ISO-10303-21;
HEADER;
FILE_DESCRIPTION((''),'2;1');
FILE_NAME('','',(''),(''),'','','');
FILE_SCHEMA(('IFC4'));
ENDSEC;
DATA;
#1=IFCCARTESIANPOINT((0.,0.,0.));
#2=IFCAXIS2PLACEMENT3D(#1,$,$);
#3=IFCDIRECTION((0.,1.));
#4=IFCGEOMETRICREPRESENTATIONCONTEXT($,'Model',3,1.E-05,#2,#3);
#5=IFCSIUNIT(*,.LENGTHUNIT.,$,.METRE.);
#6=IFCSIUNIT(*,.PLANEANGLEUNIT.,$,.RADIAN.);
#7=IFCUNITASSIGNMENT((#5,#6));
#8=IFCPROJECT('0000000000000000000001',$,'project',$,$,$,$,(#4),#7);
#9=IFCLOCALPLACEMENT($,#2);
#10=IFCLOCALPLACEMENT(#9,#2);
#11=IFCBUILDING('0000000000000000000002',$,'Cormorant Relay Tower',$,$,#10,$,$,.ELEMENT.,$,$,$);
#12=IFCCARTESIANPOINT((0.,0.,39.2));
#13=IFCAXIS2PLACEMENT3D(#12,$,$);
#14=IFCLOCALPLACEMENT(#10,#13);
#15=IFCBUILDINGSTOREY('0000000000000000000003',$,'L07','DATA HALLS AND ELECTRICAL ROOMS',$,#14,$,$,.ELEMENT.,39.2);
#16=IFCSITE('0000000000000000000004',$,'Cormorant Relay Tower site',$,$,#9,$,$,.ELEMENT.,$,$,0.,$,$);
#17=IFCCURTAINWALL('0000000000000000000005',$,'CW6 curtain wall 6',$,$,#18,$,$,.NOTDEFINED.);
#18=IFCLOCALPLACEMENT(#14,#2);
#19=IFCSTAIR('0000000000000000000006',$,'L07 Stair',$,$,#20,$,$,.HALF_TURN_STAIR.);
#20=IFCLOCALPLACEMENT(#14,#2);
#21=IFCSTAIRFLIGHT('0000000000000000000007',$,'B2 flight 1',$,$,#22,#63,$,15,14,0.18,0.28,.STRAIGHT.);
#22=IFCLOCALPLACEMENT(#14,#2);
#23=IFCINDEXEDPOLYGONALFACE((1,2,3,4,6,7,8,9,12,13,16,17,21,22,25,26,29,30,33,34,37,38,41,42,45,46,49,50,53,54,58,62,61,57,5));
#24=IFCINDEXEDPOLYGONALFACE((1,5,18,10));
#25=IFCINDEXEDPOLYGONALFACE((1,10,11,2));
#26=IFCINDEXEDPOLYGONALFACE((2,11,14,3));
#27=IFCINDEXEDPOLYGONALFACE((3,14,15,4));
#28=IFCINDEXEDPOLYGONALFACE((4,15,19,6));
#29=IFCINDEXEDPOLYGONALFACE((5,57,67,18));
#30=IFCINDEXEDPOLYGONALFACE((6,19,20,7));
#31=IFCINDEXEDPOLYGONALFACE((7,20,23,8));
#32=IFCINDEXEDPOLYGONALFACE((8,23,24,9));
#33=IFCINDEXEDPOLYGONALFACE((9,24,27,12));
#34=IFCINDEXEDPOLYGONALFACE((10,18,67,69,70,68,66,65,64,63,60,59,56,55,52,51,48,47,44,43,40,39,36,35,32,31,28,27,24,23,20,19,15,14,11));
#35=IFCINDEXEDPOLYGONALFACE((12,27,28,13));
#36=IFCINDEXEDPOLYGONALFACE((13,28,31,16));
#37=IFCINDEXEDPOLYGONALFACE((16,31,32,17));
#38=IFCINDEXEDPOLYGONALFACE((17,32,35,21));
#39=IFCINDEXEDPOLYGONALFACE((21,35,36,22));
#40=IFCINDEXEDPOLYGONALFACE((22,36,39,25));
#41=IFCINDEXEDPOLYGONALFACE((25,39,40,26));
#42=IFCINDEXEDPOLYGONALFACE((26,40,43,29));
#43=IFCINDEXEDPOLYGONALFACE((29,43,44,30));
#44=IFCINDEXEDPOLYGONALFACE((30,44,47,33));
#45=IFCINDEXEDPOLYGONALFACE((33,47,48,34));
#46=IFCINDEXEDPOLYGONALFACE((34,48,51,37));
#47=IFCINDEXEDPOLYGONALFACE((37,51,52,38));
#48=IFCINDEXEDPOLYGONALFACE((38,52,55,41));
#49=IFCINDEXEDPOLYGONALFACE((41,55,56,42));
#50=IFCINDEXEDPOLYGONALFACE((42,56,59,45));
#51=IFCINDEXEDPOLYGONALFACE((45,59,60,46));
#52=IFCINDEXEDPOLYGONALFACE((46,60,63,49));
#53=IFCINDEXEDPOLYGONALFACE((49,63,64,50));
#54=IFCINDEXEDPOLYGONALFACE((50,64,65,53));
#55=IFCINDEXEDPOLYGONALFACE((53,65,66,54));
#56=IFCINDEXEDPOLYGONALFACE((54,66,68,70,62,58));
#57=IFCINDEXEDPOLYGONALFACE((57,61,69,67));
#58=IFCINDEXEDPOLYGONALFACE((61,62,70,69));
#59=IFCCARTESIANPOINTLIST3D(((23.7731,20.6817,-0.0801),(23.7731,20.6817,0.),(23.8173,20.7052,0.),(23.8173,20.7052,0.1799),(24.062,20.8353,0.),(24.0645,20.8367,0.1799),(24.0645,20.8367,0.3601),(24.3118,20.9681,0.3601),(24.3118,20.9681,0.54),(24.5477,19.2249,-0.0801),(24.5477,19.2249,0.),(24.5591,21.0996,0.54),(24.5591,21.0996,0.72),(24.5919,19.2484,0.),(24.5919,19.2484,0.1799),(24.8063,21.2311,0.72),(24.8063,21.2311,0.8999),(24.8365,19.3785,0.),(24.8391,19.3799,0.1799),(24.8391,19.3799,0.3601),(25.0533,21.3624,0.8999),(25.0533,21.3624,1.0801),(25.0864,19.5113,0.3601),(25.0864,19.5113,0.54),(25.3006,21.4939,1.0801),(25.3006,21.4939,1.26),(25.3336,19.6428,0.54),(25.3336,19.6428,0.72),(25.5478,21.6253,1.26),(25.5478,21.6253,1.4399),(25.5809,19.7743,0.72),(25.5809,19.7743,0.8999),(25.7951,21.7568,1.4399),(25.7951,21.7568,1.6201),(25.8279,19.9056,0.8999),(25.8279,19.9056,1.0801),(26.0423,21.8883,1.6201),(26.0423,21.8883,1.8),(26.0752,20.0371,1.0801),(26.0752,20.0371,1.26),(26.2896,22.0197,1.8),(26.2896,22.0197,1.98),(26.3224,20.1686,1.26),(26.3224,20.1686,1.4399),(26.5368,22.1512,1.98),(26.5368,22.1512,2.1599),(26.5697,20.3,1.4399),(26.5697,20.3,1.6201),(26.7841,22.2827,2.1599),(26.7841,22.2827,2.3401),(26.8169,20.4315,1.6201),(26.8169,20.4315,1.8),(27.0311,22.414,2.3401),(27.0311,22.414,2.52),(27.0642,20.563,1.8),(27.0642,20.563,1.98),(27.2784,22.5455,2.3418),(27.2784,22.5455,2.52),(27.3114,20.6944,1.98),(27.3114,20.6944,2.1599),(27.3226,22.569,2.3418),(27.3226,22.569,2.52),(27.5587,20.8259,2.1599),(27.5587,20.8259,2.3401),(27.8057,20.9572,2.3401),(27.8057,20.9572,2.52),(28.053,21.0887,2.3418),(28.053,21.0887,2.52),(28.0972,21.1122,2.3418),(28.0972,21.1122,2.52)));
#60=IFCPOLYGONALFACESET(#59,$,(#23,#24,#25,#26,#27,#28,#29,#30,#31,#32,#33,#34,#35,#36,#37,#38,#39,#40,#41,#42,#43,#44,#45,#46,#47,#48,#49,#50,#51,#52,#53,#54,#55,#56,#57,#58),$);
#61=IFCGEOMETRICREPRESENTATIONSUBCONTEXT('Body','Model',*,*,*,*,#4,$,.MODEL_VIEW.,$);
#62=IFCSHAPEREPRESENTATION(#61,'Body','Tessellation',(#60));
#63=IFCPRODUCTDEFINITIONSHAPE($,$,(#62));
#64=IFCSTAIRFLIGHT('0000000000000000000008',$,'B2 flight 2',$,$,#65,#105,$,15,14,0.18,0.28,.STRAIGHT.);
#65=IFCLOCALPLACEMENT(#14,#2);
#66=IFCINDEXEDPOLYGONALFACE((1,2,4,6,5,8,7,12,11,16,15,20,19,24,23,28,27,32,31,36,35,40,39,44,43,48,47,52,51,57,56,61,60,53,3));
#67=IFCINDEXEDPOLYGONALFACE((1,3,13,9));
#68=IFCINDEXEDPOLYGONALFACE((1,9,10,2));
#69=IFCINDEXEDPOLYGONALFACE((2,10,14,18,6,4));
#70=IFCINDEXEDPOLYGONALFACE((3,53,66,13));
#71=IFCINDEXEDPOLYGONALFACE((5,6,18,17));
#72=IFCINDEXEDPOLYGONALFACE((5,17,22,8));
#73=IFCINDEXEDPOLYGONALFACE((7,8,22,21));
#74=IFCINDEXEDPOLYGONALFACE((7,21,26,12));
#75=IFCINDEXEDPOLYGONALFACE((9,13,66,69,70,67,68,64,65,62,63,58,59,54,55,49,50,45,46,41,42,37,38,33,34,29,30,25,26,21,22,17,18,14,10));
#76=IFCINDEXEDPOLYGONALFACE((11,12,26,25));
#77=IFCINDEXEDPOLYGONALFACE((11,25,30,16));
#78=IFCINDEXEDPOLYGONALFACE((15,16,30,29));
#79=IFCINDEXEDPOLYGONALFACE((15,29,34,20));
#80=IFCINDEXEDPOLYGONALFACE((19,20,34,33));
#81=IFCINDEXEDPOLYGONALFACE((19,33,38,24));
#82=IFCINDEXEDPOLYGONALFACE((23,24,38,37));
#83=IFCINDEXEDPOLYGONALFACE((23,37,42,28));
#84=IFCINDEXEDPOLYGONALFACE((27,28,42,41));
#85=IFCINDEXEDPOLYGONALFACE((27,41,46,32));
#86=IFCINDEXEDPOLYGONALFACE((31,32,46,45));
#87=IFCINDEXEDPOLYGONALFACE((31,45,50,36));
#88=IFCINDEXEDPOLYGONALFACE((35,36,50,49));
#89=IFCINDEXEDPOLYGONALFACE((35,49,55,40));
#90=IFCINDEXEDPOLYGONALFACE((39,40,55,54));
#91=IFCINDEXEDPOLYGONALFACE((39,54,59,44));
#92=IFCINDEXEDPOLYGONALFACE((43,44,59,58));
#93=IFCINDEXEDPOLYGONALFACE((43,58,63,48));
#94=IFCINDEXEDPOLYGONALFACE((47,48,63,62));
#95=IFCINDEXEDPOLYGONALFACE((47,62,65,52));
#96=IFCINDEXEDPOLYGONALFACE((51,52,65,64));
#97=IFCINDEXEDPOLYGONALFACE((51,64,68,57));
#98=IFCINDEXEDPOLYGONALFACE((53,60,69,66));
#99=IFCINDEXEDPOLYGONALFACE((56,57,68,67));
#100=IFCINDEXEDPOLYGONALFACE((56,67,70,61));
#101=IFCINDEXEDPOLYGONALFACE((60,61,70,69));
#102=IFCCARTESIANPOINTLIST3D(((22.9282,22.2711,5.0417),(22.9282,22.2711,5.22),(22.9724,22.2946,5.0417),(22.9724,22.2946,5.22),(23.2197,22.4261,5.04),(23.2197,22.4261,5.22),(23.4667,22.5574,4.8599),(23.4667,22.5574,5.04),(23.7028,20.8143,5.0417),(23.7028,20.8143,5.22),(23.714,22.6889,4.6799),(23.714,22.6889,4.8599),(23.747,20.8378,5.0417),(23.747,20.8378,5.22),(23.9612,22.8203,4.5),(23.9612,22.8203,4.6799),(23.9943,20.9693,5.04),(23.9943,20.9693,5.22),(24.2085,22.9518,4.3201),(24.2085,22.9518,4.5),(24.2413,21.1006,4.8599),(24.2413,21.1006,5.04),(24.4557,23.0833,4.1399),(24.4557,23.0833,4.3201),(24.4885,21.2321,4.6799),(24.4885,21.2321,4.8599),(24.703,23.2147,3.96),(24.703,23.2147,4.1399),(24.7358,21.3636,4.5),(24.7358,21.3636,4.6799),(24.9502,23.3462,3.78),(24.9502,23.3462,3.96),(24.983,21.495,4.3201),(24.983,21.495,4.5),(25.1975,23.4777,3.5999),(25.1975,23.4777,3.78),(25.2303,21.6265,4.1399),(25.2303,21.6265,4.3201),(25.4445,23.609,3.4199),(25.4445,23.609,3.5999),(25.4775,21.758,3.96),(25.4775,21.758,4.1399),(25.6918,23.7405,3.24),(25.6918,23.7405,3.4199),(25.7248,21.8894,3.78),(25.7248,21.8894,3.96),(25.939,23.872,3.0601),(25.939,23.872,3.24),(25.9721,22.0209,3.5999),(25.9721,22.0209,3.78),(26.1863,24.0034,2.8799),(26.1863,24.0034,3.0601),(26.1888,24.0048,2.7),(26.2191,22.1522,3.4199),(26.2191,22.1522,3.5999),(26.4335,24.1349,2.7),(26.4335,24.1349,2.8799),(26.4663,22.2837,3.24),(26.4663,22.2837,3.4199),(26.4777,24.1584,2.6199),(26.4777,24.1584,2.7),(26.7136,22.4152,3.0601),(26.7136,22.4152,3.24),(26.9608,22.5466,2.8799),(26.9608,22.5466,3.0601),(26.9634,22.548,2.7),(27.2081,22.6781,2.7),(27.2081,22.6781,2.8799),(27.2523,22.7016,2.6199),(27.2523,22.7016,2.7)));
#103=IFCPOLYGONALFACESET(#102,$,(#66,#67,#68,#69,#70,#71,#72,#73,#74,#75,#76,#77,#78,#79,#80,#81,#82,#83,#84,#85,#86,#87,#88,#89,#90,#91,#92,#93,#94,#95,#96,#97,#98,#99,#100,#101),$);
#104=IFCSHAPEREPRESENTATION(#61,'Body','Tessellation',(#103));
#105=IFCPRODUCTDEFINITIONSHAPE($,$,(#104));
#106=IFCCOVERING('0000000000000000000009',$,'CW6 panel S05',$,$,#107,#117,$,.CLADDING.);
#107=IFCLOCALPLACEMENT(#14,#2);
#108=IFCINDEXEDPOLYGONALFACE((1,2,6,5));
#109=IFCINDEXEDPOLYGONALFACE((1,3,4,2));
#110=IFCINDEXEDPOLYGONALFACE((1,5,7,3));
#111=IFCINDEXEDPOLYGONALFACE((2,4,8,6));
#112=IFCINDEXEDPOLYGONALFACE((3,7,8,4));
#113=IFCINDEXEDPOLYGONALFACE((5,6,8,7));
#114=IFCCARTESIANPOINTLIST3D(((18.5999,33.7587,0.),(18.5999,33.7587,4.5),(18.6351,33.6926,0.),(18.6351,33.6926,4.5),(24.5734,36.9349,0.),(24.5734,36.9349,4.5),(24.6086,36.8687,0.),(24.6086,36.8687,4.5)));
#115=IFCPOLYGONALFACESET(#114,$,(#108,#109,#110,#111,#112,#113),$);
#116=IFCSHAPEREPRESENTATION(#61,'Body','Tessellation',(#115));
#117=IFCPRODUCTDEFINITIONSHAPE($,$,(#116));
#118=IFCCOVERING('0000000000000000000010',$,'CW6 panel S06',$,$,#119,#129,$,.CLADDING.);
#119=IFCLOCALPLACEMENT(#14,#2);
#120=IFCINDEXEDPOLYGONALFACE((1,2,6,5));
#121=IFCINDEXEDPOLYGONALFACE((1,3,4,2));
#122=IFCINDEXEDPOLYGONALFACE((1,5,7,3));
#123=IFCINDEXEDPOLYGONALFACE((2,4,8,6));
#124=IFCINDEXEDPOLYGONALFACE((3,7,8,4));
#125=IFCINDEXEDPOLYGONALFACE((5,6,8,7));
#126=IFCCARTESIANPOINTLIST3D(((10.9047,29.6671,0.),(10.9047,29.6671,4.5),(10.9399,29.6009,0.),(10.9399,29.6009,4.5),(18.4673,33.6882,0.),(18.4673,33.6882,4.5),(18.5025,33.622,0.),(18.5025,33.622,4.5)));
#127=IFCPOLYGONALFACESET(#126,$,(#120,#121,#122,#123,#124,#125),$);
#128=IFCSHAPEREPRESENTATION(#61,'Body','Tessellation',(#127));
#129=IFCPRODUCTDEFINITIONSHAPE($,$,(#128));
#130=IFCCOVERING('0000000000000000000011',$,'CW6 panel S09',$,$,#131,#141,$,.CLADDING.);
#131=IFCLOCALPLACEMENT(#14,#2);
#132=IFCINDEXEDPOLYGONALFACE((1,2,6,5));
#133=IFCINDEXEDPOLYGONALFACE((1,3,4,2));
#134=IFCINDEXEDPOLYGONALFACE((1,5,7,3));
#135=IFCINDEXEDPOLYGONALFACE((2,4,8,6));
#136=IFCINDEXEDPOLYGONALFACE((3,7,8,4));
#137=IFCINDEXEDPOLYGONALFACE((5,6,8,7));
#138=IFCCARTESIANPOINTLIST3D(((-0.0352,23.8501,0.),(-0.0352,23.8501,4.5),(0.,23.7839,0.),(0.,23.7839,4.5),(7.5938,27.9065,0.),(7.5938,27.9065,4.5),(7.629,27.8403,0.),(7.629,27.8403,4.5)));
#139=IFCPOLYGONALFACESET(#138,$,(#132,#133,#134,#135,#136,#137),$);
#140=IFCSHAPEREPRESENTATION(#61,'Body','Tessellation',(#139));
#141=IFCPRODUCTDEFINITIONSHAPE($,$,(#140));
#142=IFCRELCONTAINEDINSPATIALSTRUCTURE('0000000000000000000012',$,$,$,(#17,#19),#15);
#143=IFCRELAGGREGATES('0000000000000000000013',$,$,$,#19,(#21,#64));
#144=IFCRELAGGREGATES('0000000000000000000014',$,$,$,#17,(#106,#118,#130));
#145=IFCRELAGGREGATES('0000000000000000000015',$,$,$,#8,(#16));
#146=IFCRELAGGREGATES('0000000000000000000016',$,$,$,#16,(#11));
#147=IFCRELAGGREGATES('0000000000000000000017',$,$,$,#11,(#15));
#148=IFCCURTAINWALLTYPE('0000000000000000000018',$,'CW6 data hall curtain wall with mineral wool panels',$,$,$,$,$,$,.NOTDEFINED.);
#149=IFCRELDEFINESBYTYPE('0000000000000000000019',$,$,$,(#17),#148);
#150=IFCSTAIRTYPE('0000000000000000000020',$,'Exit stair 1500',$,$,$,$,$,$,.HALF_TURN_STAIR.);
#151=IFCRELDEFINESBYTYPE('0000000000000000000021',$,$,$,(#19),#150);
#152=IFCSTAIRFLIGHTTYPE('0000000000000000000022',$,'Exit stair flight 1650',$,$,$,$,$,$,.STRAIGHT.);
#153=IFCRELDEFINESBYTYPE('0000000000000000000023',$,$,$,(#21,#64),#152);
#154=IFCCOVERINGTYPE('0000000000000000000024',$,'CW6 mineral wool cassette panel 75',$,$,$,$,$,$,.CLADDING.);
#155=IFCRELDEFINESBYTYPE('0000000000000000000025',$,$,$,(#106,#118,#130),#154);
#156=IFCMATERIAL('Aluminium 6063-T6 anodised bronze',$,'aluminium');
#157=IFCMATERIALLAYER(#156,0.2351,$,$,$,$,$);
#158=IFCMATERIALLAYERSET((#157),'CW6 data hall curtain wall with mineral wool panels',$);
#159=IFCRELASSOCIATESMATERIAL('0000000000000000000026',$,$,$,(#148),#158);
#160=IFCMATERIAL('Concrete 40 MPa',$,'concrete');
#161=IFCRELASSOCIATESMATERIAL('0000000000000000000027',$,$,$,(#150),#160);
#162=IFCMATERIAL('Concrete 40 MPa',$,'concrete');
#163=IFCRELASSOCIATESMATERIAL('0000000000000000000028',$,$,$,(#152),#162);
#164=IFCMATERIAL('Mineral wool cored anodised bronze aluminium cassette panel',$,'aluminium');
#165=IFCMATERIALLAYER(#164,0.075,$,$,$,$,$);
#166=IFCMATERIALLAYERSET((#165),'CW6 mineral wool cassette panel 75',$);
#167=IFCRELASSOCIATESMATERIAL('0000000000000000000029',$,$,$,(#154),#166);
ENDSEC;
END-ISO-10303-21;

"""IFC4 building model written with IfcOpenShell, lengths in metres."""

from ifc_helpers import new_model, si_unit, direction, frame, origin, origin_2d, place, context, subcontext, project, spatial, polyline, rectangle, outline, extrude, material, layer, layer_set, type_object, element, aggregate, save


model = new_model("IFC4")

# Units and contexts
model_context = context("Model", 3, precision=1e-05, world=origin(), true_north=direction((0.0, 1.0)))
body_context = subcontext(model_context, "Body", "Model", "MODEL_VIEW")
ifc_project = project(units=[si_unit("LENGTHUNIT", "METRE"), si_unit("PLANEANGLEUNIT", "RADIAN")], contexts=[model_context])

# Site, building, storey
site_placement = place(None, origin())
site = spatial("IfcSite", under=ifc_project, at=site_placement, Name="Cormorant Relay Tower site", CompositionType="ELEMENT", RefElevation=0.0)
building_placement = place(site_placement, origin())
building = spatial("IfcBuilding", under=site, at=building_placement, Name="Cormorant Relay Tower", CompositionType="ELEMENT")
storey_placement = place(building_placement, frame((0.0, 0.0, 39.2)))
storey = spatial("IfcBuildingStorey", under=building, at=storey_placement, Name="L07", Description="DATA HALLS AND ELECTRICAL ROOMS", CompositionType="ELEMENT", Elevation=39.2)

# Curtain wall
ifc_material_1 = material(Name="Aluminium 6063-T6 anodised bronze", Category="aluminium")
ifc_layer_1 = layer(ifc_material_1, 0.2351)
ifc_layer_set_1 = layer_set([ifc_layer_1], Name="CW6 data hall curtain wall with mineral wool panels")
curtain_wall_type = type_object("IfcCurtainWallType", Name="CW6 data hall curtain wall with mineral wool panels", PredefinedType="NOTDEFINED", material=ifc_layer_set_1)
curtain_wall_1_placement = place(storey_placement, origin())
curtain_wall_1 = element("IfcCurtainWall", 1, at=curtain_wall_1_placement, inside=storey, type_object=curtain_wall_type, Name="CW6 curtain wall 6", PredefinedType="NOTDEFINED")

# Stair, stair flights
ifc_material_2 = material(Name="Concrete 40 MPa", Category="concrete")
stair_type = type_object("IfcStairType", Name="Exit stair 1500", PredefinedType="HALF_TURN_STAIR", material=ifc_material_2)
stair_placement = place(storey_placement, origin())
stair = element("IfcStair", 2, at=stair_placement, inside=storey, type_object=stair_type, Name="L07 Stair", PredefinedType="HALF_TURN_STAIR")
ifc_material_3 = material(Name="Concrete 40 MPa", Category="concrete")
stair_flight_type = type_object("IfcStairFlightType", Name="Exit stair flight 1650", PredefinedType="STRAIGHT", material=ifc_material_3)
stair_flight_1_placement = place(storey_placement, frame((24.2046, 19.9768, 0.0), z_axis=(0.0, 0.0, 1.0), x_axis=(0.882948, 0.469472, 0.0)))
stair_flight_1 = element("IfcStairFlight", 3, at=stair_flight_1_placement, type_object=stair_flight_type, Name="B2 flight 1", NumberOfRisers=15, NumberOfTreads=14, PredefinedType="STRAIGHT", RiserHeight=0.18, TreadLength=0.28, context=body_context, shape_type="SweptSolid", body=[
    extrude(outline(polyline([(-0.05, -0.0801), (-0.05, 0.0), (0.0, 0.0), (0.0, 0.1799), (0.28, 0.1799), (0.28, 0.3601), (0.5601, 0.3601), (0.5601, 0.54), (0.8401, 0.54), (0.8401, 0.72), (1.1201, 0.72), (1.1201, 0.8999), (1.3999, 0.8999), (1.3999, 1.0801), (1.6799, 1.0801), (1.6799, 1.26), (1.96, 1.26), (1.96, 1.4399), (2.24, 1.4399), (2.24, 1.6201), (2.52, 1.6201), (2.52, 1.8), (2.8, 1.8), (2.8, 1.98), (3.0801, 1.98), (3.0801, 2.1599), (3.3601, 2.1599), (3.3601, 2.3401), (3.6399, 2.3401), (3.6399, 2.52), (3.9199, 2.52), (3.97, 2.52), (3.97, 2.3418), (3.9199, 2.3418), (0.2771, 0.0), (-0.05, -0.0801)])), frame((0.0, 0.825, 0.0), z_axis=(0.0, -1.0, 0.0), x_axis=(1.0, 0.0, 0.0)), (0.0, 0.0, 1.0), 1.6499),
])
stair_flight_2_placement = place(storey_placement, frame((26.8208, 23.4065, 2.7), z_axis=(0.0, 0.0, 1.0), x_axis=(-0.882948, -0.469472, 0.0)))
stair_flight_2 = element("IfcStairFlight", 4, at=stair_flight_2_placement, type_object=stair_flight_type, Name="B2 flight 2", NumberOfRisers=15, NumberOfTreads=14, PredefinedType="STRAIGHT", RiserHeight=0.18, TreadLength=0.28, context=body_context, shape_type="SweptSolid", body=[
    extrude(outline(polyline([(-0.05, -0.0801), (-0.05, 0.0), (0.0, 0.0), (0.0, 0.1799), (0.28, 0.1799), (0.28, 0.3601), (0.5601, 0.3601), (0.5601, 0.54), (0.8401, 0.54), (0.8401, 0.72), (1.1201, 0.72), (1.1201, 0.8999), (1.3999, 0.8999), (1.3999, 1.0801), (1.6799, 1.0801), (1.6799, 1.26), (1.96, 1.26), (1.96, 1.4399), (2.24, 1.4399), (2.24, 1.6201), (2.52, 1.6201), (2.52, 1.8), (2.8, 1.8), (2.8, 1.98), (3.0801, 1.98), (3.0801, 2.1599), (3.3601, 2.1599), (3.3601, 2.3401), (3.6399, 2.3401), (3.6399, 2.52), (3.9199, 2.52), (3.97, 2.52), (3.97, 2.3418), (3.9199, 2.3418), (0.2771, 0.0), (-0.05, -0.0801)])), frame((0.0, 0.825, 0.0), z_axis=(0.0, -1.0, 0.0), x_axis=(1.0, 0.0, 0.0)), (0.0, 0.0, 1.0), 1.6499),
])
aggregate(stair, [stair_flight_1, stair_flight_2])

# Coverings
ifc_material_4 = material(Name="Mineral wool cored anodised bronze aluminium cassette panel", Category="aluminium")
ifc_layer_2 = layer(ifc_material_4, 0.075)
ifc_layer_set_2 = layer_set([ifc_layer_2], Name="CW6 mineral wool cassette panel 75")
covering_type = type_object("IfcCoveringType", Name="CW6 mineral wool cassette panel 75", PredefinedType="CLADDING", material=ifc_layer_set_2)
covering_1_placement = place(storey_placement, frame((21.6042, 35.3137, 0.0), z_axis=(0.0, 0.0, 1.0), x_axis=(-0.882948, -0.469472, 0.0)))
covering_1 = element("IfcCovering", 5, at=covering_1_placement, type_object=covering_type, Name="CW6 panel S05", PredefinedType="CLADDING", context=body_context, shape_type="SweptSolid", body=[
    extrude(rectangle(XDim=6.7654, YDim=0.075, at=origin_2d()), origin(), (0.0, 0.0, 1.0), 4.5),
])
covering_2_placement = place(storey_placement, frame((14.7036, 31.6445, 0.0), z_axis=(0.0, 0.0, 1.0), x_axis=(-0.882948, -0.469472, 0.0)))
covering_2 = element("IfcCovering", 6, at=covering_2_placement, type_object=covering_type, Name="CW6 panel S06", PredefinedType="CLADDING", context=body_context, shape_type="SweptSolid", body=[
    extrude(rectangle(XDim=8.5652, YDim=0.075, at=origin_2d()), origin(), (0.0, 0.0, 1.0), 4.5),
])
covering_3_placement = place(storey_placement, frame((3.7969, 25.8452, 0.0), z_axis=(0.0, 0.0, 1.0), x_axis=(-0.882948, -0.469472, 0.0)))
covering_3 = element("IfcCovering", 7, at=covering_3_placement, type_object=covering_type, Name="CW6 panel S09", PredefinedType="CLADDING", context=body_context, shape_type="SweptSolid", body=[
    extrude(rectangle(XDim=8.6404, YDim=0.075, at=origin_2d()), origin(), (0.0, 0.0, 1.0), 4.5),
])
aggregate(curtain_wall_1, [covering_1, covering_2, covering_3])

save(model, "model.ifc")
